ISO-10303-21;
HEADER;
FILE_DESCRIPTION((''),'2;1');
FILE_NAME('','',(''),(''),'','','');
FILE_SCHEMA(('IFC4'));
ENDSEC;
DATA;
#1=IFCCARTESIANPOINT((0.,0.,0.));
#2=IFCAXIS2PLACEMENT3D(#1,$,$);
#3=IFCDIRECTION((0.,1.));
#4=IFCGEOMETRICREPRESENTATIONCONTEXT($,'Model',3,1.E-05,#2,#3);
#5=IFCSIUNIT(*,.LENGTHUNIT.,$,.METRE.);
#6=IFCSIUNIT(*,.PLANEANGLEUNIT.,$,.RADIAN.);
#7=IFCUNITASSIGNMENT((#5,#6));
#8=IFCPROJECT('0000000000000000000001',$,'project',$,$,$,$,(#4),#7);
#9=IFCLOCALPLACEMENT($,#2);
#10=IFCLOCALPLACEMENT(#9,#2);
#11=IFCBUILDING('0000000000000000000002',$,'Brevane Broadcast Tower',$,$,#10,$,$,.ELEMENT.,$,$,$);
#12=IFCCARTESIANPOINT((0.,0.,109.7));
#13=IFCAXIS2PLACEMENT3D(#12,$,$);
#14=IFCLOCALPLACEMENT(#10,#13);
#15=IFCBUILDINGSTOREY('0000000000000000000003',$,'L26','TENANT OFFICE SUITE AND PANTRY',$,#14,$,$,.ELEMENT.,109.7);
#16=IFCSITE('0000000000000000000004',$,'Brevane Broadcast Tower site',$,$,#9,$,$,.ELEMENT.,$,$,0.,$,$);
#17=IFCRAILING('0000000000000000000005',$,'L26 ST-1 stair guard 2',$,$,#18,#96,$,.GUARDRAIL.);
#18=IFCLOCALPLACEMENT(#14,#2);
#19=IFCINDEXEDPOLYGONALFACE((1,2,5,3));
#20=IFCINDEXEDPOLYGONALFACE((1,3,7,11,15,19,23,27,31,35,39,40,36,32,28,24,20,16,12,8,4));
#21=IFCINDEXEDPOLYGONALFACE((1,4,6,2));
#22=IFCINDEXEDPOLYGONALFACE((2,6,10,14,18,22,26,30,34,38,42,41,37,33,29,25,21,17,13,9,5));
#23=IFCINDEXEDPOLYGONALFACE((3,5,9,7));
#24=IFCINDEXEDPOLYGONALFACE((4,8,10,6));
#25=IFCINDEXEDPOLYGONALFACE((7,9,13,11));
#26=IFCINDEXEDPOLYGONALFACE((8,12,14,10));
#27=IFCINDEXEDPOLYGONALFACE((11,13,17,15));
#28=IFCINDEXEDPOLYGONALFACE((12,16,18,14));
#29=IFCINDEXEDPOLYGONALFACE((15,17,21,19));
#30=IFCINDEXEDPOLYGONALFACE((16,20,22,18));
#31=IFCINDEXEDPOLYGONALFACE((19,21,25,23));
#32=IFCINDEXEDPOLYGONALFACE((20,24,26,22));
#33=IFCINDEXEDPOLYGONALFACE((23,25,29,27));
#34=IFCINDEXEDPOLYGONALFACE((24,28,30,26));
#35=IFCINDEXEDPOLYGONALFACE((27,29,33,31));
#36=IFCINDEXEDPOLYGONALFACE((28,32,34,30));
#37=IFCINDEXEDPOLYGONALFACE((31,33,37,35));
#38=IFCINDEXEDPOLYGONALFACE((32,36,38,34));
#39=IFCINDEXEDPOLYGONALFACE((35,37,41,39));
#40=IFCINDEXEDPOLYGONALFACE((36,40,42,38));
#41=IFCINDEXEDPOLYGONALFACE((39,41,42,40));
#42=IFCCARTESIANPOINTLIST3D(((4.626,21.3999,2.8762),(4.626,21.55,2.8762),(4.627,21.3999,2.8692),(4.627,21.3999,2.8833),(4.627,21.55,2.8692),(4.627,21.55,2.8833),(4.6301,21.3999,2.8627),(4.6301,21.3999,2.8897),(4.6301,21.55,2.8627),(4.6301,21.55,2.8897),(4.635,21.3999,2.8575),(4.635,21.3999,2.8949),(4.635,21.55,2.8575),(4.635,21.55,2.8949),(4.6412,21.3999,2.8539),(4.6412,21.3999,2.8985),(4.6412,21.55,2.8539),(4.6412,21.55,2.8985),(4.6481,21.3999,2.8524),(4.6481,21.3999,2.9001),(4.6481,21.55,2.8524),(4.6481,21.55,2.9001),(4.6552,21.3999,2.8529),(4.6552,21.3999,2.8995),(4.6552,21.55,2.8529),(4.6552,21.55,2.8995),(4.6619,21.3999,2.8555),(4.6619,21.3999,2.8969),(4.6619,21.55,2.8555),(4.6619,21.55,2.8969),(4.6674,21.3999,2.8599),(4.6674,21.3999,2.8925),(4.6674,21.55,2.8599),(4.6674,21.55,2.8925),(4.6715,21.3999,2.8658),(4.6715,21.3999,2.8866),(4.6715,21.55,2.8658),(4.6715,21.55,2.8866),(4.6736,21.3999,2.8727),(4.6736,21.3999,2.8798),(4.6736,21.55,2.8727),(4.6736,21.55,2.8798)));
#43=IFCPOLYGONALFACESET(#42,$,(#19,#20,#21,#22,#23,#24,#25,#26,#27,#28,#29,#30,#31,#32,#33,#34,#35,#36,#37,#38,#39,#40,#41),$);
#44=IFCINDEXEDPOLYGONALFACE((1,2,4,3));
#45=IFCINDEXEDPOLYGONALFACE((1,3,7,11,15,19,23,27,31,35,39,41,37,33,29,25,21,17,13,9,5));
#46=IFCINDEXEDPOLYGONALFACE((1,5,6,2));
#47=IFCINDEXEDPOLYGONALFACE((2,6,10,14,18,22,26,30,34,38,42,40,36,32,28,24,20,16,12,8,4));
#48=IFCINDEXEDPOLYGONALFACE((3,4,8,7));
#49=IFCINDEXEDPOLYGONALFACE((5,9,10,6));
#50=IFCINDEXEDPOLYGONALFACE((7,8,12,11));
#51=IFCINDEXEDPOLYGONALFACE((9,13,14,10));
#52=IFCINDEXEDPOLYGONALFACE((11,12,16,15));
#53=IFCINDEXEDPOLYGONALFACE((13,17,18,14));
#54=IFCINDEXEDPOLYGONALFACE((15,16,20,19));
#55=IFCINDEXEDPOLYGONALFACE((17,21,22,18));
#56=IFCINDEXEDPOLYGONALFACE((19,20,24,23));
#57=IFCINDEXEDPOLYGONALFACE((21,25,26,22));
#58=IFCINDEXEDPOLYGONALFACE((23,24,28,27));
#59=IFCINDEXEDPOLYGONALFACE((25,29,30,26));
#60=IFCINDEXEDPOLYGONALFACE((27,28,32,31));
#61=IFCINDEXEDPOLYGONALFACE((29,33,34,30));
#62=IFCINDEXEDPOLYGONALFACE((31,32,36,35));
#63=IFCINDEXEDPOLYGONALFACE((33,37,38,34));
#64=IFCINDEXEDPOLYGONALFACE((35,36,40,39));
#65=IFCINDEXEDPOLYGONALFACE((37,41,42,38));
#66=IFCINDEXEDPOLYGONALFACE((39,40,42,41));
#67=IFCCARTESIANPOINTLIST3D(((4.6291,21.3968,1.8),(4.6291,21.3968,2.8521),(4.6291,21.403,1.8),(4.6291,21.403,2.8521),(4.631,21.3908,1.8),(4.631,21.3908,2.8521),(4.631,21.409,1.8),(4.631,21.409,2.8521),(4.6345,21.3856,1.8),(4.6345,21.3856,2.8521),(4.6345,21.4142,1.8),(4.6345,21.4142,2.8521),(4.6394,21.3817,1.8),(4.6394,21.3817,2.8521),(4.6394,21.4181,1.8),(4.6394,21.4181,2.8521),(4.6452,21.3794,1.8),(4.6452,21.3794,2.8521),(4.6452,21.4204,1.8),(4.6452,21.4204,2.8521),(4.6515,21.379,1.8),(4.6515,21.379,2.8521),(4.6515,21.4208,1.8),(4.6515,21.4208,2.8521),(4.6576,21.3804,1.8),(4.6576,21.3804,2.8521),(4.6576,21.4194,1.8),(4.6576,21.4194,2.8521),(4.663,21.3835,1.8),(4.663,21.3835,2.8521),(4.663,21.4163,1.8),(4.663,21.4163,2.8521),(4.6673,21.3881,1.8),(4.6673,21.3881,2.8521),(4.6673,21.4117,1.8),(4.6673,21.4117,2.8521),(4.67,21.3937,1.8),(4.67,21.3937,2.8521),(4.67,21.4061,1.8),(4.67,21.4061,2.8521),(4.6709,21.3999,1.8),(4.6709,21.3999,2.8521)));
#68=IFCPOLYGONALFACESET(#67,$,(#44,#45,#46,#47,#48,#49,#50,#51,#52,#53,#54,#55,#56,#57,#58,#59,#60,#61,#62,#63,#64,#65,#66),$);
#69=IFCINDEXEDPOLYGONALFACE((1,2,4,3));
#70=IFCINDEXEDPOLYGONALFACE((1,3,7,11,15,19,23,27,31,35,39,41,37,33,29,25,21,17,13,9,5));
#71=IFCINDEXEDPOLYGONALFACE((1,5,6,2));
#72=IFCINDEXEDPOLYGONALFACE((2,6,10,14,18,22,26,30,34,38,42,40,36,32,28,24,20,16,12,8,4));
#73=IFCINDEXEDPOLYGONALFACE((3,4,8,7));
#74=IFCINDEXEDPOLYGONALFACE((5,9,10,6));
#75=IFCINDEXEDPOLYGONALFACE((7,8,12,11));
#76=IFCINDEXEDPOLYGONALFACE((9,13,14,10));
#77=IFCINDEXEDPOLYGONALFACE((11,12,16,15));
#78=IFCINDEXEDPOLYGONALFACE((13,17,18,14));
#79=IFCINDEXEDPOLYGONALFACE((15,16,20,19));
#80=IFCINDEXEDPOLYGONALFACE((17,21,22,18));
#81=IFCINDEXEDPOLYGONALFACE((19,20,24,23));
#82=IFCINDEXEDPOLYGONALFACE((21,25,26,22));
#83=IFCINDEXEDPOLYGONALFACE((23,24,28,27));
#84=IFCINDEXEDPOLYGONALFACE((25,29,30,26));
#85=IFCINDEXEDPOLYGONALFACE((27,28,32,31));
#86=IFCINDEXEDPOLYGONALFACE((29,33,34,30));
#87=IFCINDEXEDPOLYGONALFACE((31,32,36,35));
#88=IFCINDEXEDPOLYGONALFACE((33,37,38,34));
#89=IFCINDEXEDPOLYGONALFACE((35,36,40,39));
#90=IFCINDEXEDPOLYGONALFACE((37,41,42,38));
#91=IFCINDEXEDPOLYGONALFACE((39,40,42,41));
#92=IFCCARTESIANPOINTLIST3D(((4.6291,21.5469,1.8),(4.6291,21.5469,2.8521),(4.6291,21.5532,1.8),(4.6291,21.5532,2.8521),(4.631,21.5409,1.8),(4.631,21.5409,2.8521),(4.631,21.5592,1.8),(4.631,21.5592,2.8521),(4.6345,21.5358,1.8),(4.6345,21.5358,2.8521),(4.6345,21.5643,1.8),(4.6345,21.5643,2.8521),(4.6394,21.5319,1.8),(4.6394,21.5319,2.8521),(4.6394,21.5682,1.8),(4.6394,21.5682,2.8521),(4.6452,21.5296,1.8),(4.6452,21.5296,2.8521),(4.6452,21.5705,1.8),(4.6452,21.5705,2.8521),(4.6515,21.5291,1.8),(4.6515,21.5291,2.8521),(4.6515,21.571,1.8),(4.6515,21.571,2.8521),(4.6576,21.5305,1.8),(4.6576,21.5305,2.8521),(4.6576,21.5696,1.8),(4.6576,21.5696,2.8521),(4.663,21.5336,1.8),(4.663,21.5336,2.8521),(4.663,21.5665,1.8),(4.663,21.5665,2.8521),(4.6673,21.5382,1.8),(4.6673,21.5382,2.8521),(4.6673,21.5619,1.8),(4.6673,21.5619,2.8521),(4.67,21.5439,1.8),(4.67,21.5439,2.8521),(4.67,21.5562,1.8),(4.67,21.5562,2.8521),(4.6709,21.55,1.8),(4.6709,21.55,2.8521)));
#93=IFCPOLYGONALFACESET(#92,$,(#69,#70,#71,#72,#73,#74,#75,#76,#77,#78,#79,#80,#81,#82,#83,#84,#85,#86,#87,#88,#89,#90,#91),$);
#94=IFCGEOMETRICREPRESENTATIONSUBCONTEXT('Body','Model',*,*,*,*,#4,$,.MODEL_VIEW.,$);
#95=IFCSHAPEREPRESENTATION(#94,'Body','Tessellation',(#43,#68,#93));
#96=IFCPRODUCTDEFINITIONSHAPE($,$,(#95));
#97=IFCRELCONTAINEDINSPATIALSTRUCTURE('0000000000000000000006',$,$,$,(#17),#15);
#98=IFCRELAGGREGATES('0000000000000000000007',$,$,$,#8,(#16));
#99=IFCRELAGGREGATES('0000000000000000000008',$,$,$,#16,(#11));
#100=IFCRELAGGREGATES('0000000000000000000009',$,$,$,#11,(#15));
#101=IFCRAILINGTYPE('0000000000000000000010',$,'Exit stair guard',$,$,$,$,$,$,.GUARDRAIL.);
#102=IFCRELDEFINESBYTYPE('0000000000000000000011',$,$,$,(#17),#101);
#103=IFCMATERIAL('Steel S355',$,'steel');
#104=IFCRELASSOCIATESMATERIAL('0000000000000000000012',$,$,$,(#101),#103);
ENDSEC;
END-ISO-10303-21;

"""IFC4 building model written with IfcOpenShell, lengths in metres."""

from ifc_helpers import new_model, si_unit, direction, frame, origin, origin_2d, place, context, subcontext, project, spatial, circle, extrude, material, type_object, element, save


model = new_model("IFC4")

# Units and contexts
model_context = context("Model", 3, precision=1e-05, world=origin(), true_north=direction((0.0, 1.0)))
body_context = subcontext(model_context, "Body", "Model", "MODEL_VIEW")
ifc_project = project(units=[si_unit("LENGTHUNIT", "METRE"), si_unit("PLANEANGLEUNIT", "RADIAN")], contexts=[model_context])

# Site, building, storey
site_placement = place(None, origin())
site = spatial("IfcSite", under=ifc_project, at=site_placement, Name="Brevane Broadcast Tower site", CompositionType="ELEMENT", RefElevation=0.0)
building_placement = place(site_placement, origin())
building = spatial("IfcBuilding", under=site, at=building_placement, Name="Brevane Broadcast Tower", CompositionType="ELEMENT")
storey_placement = place(building_placement, frame((0.0, 0.0, 109.7)))
storey = spatial("IfcBuildingStorey", under=building, at=storey_placement, Name="L26", Description="TENANT OFFICE SUITE AND PANTRY", CompositionType="ELEMENT", Elevation=109.7)

# Railing
ifc_material_1 = material(Name="Steel S355", Category="steel")
railing_type = type_object("IfcRailingType", Name="Exit stair guard", PredefinedType="GUARDRAIL", material=ifc_material_1)
railing_1_placement = place(storey_placement, frame((4.6499, 21.3999, 1.8)))
element("IfcRailing", 1, at=railing_1_placement, inside=storey, type_object=railing_type, Name="L26 ST-1 stair guard 2", PredefinedType="GUARDRAIL", context=body_context, shape_type="SweptSolid", body=[
    extrude(circle(Radius=0.0239, at=origin_2d()), frame((0.0, 0.0, 1.0762), z_axis=(0.0, 1.0, 0.0), x_axis=(-1.0, 0.0, 0.0)), (0.0, 0.0, 1.0), 0.1501),
    extrude(circle(Radius=0.021, at=origin_2d()), origin(), (0.0, 0.0, 1.0), 1.052),
    extrude(circle(Radius=0.021, at=origin_2d()), frame((0.0, 0.1501, 0.0)), (0.0, 0.0, 1.0), 1.052),
])

save(model, "model.ifc")
